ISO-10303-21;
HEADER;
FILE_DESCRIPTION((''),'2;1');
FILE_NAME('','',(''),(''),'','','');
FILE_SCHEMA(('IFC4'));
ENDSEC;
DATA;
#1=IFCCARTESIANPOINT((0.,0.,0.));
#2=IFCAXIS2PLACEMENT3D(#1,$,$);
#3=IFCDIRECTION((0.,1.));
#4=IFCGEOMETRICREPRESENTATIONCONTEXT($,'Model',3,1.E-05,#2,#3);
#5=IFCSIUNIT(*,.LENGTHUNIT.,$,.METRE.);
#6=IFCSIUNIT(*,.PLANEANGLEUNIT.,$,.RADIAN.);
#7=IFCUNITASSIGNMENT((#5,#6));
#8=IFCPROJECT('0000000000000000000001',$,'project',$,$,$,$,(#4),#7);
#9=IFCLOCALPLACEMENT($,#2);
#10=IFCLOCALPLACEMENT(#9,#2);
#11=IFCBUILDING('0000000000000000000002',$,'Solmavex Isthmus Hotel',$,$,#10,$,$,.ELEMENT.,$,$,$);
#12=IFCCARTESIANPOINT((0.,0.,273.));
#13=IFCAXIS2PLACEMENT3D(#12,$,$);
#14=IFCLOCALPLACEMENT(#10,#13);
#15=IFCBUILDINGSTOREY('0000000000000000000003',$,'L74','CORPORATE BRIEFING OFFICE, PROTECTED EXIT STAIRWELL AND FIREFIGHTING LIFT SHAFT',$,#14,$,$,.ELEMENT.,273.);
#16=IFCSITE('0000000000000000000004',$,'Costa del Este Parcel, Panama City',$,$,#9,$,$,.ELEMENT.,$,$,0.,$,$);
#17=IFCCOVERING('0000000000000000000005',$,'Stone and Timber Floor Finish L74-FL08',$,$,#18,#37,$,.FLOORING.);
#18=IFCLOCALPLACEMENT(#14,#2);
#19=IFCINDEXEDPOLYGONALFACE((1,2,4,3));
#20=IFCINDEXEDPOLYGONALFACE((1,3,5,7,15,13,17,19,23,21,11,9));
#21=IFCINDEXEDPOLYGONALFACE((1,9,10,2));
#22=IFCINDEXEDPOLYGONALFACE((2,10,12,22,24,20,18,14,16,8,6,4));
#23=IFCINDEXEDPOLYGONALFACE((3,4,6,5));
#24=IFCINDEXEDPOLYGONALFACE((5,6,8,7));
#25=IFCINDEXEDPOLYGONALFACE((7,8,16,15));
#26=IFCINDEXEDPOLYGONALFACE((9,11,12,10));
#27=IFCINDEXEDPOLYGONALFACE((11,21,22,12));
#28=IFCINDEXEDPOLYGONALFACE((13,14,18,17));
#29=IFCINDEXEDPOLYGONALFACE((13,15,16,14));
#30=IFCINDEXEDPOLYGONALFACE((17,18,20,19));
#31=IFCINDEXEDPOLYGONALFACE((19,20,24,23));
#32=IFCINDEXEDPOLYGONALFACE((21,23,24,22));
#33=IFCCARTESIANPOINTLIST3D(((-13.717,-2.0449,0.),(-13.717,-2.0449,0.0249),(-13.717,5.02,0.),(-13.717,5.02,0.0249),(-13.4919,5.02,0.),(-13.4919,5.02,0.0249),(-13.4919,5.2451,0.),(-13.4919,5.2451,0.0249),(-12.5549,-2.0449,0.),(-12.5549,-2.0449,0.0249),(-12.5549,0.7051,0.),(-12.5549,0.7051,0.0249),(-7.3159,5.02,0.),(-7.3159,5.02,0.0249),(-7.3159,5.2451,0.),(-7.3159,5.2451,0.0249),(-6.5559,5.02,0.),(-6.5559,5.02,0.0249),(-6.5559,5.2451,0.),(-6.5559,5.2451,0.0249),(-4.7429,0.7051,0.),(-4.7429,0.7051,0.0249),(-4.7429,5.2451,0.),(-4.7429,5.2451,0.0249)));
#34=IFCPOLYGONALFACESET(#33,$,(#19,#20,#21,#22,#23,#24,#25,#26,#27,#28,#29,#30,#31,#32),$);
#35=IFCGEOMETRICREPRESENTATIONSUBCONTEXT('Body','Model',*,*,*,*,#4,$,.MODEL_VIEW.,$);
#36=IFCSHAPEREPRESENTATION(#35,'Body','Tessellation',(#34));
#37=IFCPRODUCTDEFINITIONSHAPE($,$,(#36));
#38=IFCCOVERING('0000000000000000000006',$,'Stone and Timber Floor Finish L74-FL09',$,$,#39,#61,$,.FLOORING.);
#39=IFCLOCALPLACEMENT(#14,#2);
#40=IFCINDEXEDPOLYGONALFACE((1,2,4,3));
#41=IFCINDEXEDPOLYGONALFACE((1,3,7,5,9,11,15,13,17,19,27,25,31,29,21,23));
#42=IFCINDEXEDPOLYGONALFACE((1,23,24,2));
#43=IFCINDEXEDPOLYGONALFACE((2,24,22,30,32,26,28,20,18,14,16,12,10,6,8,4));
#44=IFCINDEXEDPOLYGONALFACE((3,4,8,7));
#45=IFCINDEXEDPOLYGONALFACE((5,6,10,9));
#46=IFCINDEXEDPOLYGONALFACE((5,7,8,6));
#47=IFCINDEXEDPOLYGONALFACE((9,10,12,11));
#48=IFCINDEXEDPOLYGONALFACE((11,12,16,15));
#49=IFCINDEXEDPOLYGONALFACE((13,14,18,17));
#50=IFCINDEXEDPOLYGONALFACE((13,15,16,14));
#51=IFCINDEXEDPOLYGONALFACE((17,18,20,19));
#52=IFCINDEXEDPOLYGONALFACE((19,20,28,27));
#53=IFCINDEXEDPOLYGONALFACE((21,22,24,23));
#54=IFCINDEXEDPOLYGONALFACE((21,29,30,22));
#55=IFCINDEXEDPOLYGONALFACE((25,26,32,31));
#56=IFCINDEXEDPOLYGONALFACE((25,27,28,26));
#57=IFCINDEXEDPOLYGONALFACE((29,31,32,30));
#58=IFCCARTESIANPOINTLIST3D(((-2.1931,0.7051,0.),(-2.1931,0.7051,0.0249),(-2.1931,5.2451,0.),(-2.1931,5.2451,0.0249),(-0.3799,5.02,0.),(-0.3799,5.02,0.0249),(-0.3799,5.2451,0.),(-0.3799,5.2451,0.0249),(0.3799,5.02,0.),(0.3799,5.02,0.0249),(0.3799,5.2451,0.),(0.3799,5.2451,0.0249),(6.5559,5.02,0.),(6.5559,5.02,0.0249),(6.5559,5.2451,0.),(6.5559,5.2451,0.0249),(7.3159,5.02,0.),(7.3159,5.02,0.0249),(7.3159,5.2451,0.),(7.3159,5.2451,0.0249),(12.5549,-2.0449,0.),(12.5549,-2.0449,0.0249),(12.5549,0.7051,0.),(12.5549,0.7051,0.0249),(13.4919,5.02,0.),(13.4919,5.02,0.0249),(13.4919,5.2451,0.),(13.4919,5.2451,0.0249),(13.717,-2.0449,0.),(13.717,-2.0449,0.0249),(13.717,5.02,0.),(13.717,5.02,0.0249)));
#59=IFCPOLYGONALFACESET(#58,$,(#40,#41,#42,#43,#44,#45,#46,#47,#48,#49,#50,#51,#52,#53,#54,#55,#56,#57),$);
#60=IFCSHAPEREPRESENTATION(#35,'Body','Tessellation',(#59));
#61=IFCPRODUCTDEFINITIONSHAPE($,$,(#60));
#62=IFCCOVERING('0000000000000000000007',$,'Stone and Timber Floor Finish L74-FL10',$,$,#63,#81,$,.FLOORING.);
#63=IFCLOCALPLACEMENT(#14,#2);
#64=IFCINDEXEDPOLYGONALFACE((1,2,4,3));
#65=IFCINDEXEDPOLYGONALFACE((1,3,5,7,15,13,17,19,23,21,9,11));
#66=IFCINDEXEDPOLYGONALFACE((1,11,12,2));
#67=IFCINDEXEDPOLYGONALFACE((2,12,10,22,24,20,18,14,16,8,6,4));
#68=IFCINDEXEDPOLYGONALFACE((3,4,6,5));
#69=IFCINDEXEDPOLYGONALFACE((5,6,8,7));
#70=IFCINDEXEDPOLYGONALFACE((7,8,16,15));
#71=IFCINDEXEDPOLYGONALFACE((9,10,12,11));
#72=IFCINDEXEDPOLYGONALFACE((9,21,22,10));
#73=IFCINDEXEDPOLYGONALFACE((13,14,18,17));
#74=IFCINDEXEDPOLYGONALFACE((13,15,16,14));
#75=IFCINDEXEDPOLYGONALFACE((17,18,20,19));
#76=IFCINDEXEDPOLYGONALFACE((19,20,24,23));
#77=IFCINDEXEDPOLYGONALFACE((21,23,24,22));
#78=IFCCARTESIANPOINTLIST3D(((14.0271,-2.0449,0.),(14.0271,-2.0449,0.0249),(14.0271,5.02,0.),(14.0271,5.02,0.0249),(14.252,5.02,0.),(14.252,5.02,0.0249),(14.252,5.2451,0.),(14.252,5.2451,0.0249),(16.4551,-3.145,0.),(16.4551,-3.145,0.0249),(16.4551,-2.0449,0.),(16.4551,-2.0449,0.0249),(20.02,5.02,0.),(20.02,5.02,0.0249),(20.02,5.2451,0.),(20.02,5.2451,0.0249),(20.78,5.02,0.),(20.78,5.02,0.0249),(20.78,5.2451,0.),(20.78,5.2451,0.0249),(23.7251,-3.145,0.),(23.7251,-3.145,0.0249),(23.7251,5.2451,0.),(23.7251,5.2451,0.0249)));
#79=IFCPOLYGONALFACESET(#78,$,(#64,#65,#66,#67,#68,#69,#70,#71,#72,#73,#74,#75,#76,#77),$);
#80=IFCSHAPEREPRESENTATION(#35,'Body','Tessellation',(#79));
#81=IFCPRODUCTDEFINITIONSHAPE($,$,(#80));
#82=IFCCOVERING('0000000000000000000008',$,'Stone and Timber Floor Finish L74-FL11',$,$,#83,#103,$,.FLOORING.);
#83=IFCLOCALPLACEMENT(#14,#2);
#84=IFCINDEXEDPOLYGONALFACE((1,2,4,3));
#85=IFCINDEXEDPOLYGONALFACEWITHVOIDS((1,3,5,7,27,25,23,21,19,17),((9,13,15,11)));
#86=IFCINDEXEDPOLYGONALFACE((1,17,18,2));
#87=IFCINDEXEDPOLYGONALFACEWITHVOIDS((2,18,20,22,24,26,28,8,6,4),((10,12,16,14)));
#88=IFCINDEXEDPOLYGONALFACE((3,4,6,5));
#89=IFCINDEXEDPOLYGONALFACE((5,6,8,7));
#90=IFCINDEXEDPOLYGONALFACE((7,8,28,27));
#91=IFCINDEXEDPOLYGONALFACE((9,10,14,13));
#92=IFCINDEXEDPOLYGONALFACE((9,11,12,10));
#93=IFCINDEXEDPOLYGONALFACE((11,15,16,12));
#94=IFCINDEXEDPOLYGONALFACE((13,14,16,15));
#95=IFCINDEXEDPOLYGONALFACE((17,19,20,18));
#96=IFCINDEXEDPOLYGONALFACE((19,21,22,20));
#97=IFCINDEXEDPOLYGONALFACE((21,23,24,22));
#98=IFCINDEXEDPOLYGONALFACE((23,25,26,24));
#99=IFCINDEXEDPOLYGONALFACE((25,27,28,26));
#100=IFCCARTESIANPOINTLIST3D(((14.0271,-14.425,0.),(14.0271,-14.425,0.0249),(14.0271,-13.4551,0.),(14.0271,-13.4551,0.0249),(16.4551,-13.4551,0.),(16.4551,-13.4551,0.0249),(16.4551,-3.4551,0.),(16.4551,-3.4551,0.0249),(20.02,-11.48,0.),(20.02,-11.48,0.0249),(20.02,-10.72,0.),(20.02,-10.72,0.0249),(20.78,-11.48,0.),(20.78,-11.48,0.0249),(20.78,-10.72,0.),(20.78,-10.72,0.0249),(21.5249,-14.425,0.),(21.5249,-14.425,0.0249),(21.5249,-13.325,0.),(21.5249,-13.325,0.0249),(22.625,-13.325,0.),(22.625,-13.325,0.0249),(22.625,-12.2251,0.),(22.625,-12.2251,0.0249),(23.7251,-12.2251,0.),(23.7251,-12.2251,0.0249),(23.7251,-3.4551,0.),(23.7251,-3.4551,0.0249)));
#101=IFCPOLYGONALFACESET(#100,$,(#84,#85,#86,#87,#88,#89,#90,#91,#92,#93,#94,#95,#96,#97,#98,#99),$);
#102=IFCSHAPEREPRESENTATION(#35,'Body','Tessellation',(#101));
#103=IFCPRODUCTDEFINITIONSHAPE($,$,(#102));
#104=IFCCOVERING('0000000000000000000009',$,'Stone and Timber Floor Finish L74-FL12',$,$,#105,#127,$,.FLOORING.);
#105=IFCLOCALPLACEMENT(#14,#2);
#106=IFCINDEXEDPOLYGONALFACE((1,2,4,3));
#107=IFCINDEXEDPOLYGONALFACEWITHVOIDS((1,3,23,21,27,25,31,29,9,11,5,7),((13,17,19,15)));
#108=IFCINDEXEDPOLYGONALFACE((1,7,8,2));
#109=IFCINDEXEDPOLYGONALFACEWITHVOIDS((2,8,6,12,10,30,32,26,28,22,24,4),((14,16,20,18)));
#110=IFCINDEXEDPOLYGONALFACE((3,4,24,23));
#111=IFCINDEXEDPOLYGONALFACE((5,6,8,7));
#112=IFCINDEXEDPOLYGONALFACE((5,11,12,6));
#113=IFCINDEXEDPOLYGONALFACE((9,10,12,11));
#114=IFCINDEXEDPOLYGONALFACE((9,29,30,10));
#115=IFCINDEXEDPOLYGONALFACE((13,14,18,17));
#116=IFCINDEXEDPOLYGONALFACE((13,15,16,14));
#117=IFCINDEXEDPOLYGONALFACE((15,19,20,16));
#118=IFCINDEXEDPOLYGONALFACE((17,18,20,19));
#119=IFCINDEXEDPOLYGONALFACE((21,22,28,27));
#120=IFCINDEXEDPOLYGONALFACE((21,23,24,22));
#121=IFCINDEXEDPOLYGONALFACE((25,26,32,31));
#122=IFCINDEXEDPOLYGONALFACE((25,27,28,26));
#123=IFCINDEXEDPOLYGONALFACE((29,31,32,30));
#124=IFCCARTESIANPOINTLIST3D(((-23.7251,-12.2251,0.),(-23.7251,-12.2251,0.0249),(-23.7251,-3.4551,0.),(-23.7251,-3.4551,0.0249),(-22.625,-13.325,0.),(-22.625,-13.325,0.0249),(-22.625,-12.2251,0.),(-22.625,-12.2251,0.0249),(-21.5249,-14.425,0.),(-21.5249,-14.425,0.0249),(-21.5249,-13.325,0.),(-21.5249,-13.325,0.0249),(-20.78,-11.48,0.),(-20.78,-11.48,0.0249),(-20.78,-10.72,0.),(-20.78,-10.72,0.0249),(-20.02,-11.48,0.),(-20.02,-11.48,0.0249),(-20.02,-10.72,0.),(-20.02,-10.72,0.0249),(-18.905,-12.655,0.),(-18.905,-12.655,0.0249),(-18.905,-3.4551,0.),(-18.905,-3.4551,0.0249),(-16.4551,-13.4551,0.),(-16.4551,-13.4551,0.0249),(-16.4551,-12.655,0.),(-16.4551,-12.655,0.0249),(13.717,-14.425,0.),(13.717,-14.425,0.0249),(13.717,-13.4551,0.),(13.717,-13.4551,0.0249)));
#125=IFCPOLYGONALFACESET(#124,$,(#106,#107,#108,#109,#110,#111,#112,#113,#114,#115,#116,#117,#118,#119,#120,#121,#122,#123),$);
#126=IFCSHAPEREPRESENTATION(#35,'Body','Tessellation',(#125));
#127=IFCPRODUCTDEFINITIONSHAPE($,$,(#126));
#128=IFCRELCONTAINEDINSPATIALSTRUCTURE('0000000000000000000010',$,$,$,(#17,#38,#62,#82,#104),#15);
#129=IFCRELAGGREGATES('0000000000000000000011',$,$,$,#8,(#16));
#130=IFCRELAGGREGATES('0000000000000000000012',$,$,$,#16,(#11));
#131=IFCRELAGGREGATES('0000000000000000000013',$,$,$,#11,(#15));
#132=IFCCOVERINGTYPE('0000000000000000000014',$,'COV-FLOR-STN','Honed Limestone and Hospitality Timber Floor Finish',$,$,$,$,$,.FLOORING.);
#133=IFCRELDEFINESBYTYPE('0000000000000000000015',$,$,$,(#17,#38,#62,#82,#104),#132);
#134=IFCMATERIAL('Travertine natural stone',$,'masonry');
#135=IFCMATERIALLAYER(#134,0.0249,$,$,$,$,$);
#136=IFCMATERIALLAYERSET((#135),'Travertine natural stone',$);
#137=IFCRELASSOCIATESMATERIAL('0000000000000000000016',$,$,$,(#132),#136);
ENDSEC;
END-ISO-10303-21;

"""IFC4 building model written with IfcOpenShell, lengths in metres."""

from ifc_helpers import new_model, si_unit, direction, frame, origin, place, context, subcontext, project, spatial, polyline, outline, extrude, material, layer, layer_set, type_object, element, save


model = new_model("IFC4")

# Units and contexts
model_context = context("Model", 3, precision=1e-05, world=origin(), true_north=direction((0.0, 1.0)))
body_context = subcontext(model_context, "Body", "Model", "MODEL_VIEW")
ifc_project = project(units=[si_unit("LENGTHUNIT", "METRE"), si_unit("PLANEANGLEUNIT", "RADIAN")], contexts=[model_context])

# Site, building, storey
site_placement = place(None, origin())
site = spatial("IfcSite", under=ifc_project, at=site_placement, Name="Costa del Este Parcel, Panama City", CompositionType="ELEMENT", RefElevation=0.0)
building_placement = place(site_placement, origin())
building = spatial("IfcBuilding", under=site, at=building_placement, Name="Solmavex Isthmus Hotel", CompositionType="ELEMENT")
storey_placement = place(building_placement, frame((0.0, 0.0, 273.0)))
storey = spatial("IfcBuildingStorey", under=building, at=storey_placement, Name="L74", Description="CORPORATE BRIEFING OFFICE, PROTECTED EXIT STAIRWELL AND FIREFIGHTING LIFT SHAFT", CompositionType="ELEMENT", Elevation=273.0)

# Coverings
ifc_material_1 = material(Name="Travertine natural stone", Category="masonry")
ifc_layer_1 = layer(ifc_material_1, 0.0249)
ifc_layer_set_1 = layer_set([ifc_layer_1], Name="Travertine natural stone")
covering_type_1 = type_object("IfcCoveringType", Name="COV-FLOR-STN", Description="Honed Limestone and Hospitality Timber Floor Finish", PredefinedType="FLOORING", material=ifc_layer_set_1)
covering_1_placement = place(storey_placement, origin())
element("IfcCovering", 1, at=covering_1_placement, inside=storey, type_object=covering_type_1, Name="Stone and Timber Floor Finish L74-FL08", PredefinedType="FLOORING", context=body_context, shape_type="SweptSolid", body=[
    extrude(outline(polyline([(-6.5559, 5.2451), (-6.5559, 5.02), (-7.3159, 5.02), (-7.3159, 5.2451), (-13.4919, 5.2451), (-13.4919, 5.02), (-13.717, 5.02), (-13.717, -2.0449), (-12.5549, -2.0449), (-12.5549, 0.7051), (-4.7429, 0.7051), (-4.7429, 5.2451), (-6.5559, 5.2451)])), origin(), (0.0, 0.0, 1.0), 0.0249),
])
covering_2_placement = place(storey_placement, origin())
element("IfcCovering", 2, at=covering_2_placement, inside=storey, type_object=covering_type_1, Name="Stone and Timber Floor Finish L74-FL09", PredefinedType="FLOORING", context=body_context, shape_type="SweptSolid", body=[
    extrude(outline(polyline([(0.3799, 5.2451), (0.3799, 5.02), (-0.3799, 5.02), (-0.3799, 5.2451), (-2.1931, 5.2451), (-2.1931, 0.7051), (12.5549, 0.7051), (12.5549, -2.0449), (13.717, -2.0449), (13.717, 5.02), (13.4919, 5.02), (13.4919, 5.2451), (7.3159, 5.2451), (7.3159, 5.02), (6.5559, 5.02), (6.5559, 5.2451), (0.3799, 5.2451)])), origin(), (0.0, 0.0, 1.0), 0.0249),
])
covering_3_placement = place(storey_placement, origin())
element("IfcCovering", 3, at=covering_3_placement, inside=storey, type_object=covering_type_1, Name="Stone and Timber Floor Finish L74-FL10", PredefinedType="FLOORING", context=body_context, shape_type="SweptSolid", body=[
    extrude(outline(polyline([(14.252, 5.2451), (14.252, 5.02), (14.0271, 5.02), (14.0271, -2.0449), (16.4551, -2.0449), (16.4551, -3.145), (23.7251, -3.145), (23.7251, 5.2451), (20.78, 5.2451), (20.78, 5.02), (20.02, 5.02), (20.02, 5.2451), (14.252, 5.2451)])), origin(), (0.0, 0.0, 1.0), 0.0249),
])
covering_4_placement = place(storey_placement, origin())
element("IfcCovering", 4, at=covering_4_placement, inside=storey, type_object=covering_type_1, Name="Stone and Timber Floor Finish L74-FL11", PredefinedType="FLOORING", context=body_context, shape_type="SweptSolid", body=[
    extrude(outline(polyline([(21.5249, -14.425), (21.5249, -13.325), (22.625, -13.325), (22.625, -12.2251), (23.7251, -12.2251), (23.7251, -3.4551), (16.4551, -3.4551), (16.4551, -13.4551), (14.0271, -13.4551), (14.0271, -14.425), (21.5249, -14.425)]), holes=[polyline([(20.02, -11.48), (20.02, -10.72), (20.78, -10.72), (20.78, -11.48), (20.02, -11.48)])]), origin(), (0.0, 0.0, 1.0), 0.0249),
])
covering_5_placement = place(storey_placement, origin())
element("IfcCovering", 5, at=covering_5_placement, inside=storey, type_object=covering_type_1, Name="Stone and Timber Floor Finish L74-FL12", PredefinedType="FLOORING", context=body_context, shape_type="SweptSolid", body=[
    extrude(outline(polyline([(-22.625, -13.325), (-21.5249, -13.325), (-21.5249, -14.425), (13.717, -14.425), (13.717, -13.4551), (-16.4551, -13.4551), (-16.4551, -12.655), (-18.905, -12.655), (-18.905, -3.4551), (-23.7251, -3.4551), (-23.7251, -12.2251), (-22.625, -12.2251), (-22.625, -13.325)]), holes=[polyline([(-20.78, -11.48), (-20.78, -10.72), (-20.02, -10.72), (-20.02, -11.48), (-20.78, -11.48)])]), origin(), (0.0, 0.0, 1.0), 0.0249),
])

save(model, "model.ifc")
